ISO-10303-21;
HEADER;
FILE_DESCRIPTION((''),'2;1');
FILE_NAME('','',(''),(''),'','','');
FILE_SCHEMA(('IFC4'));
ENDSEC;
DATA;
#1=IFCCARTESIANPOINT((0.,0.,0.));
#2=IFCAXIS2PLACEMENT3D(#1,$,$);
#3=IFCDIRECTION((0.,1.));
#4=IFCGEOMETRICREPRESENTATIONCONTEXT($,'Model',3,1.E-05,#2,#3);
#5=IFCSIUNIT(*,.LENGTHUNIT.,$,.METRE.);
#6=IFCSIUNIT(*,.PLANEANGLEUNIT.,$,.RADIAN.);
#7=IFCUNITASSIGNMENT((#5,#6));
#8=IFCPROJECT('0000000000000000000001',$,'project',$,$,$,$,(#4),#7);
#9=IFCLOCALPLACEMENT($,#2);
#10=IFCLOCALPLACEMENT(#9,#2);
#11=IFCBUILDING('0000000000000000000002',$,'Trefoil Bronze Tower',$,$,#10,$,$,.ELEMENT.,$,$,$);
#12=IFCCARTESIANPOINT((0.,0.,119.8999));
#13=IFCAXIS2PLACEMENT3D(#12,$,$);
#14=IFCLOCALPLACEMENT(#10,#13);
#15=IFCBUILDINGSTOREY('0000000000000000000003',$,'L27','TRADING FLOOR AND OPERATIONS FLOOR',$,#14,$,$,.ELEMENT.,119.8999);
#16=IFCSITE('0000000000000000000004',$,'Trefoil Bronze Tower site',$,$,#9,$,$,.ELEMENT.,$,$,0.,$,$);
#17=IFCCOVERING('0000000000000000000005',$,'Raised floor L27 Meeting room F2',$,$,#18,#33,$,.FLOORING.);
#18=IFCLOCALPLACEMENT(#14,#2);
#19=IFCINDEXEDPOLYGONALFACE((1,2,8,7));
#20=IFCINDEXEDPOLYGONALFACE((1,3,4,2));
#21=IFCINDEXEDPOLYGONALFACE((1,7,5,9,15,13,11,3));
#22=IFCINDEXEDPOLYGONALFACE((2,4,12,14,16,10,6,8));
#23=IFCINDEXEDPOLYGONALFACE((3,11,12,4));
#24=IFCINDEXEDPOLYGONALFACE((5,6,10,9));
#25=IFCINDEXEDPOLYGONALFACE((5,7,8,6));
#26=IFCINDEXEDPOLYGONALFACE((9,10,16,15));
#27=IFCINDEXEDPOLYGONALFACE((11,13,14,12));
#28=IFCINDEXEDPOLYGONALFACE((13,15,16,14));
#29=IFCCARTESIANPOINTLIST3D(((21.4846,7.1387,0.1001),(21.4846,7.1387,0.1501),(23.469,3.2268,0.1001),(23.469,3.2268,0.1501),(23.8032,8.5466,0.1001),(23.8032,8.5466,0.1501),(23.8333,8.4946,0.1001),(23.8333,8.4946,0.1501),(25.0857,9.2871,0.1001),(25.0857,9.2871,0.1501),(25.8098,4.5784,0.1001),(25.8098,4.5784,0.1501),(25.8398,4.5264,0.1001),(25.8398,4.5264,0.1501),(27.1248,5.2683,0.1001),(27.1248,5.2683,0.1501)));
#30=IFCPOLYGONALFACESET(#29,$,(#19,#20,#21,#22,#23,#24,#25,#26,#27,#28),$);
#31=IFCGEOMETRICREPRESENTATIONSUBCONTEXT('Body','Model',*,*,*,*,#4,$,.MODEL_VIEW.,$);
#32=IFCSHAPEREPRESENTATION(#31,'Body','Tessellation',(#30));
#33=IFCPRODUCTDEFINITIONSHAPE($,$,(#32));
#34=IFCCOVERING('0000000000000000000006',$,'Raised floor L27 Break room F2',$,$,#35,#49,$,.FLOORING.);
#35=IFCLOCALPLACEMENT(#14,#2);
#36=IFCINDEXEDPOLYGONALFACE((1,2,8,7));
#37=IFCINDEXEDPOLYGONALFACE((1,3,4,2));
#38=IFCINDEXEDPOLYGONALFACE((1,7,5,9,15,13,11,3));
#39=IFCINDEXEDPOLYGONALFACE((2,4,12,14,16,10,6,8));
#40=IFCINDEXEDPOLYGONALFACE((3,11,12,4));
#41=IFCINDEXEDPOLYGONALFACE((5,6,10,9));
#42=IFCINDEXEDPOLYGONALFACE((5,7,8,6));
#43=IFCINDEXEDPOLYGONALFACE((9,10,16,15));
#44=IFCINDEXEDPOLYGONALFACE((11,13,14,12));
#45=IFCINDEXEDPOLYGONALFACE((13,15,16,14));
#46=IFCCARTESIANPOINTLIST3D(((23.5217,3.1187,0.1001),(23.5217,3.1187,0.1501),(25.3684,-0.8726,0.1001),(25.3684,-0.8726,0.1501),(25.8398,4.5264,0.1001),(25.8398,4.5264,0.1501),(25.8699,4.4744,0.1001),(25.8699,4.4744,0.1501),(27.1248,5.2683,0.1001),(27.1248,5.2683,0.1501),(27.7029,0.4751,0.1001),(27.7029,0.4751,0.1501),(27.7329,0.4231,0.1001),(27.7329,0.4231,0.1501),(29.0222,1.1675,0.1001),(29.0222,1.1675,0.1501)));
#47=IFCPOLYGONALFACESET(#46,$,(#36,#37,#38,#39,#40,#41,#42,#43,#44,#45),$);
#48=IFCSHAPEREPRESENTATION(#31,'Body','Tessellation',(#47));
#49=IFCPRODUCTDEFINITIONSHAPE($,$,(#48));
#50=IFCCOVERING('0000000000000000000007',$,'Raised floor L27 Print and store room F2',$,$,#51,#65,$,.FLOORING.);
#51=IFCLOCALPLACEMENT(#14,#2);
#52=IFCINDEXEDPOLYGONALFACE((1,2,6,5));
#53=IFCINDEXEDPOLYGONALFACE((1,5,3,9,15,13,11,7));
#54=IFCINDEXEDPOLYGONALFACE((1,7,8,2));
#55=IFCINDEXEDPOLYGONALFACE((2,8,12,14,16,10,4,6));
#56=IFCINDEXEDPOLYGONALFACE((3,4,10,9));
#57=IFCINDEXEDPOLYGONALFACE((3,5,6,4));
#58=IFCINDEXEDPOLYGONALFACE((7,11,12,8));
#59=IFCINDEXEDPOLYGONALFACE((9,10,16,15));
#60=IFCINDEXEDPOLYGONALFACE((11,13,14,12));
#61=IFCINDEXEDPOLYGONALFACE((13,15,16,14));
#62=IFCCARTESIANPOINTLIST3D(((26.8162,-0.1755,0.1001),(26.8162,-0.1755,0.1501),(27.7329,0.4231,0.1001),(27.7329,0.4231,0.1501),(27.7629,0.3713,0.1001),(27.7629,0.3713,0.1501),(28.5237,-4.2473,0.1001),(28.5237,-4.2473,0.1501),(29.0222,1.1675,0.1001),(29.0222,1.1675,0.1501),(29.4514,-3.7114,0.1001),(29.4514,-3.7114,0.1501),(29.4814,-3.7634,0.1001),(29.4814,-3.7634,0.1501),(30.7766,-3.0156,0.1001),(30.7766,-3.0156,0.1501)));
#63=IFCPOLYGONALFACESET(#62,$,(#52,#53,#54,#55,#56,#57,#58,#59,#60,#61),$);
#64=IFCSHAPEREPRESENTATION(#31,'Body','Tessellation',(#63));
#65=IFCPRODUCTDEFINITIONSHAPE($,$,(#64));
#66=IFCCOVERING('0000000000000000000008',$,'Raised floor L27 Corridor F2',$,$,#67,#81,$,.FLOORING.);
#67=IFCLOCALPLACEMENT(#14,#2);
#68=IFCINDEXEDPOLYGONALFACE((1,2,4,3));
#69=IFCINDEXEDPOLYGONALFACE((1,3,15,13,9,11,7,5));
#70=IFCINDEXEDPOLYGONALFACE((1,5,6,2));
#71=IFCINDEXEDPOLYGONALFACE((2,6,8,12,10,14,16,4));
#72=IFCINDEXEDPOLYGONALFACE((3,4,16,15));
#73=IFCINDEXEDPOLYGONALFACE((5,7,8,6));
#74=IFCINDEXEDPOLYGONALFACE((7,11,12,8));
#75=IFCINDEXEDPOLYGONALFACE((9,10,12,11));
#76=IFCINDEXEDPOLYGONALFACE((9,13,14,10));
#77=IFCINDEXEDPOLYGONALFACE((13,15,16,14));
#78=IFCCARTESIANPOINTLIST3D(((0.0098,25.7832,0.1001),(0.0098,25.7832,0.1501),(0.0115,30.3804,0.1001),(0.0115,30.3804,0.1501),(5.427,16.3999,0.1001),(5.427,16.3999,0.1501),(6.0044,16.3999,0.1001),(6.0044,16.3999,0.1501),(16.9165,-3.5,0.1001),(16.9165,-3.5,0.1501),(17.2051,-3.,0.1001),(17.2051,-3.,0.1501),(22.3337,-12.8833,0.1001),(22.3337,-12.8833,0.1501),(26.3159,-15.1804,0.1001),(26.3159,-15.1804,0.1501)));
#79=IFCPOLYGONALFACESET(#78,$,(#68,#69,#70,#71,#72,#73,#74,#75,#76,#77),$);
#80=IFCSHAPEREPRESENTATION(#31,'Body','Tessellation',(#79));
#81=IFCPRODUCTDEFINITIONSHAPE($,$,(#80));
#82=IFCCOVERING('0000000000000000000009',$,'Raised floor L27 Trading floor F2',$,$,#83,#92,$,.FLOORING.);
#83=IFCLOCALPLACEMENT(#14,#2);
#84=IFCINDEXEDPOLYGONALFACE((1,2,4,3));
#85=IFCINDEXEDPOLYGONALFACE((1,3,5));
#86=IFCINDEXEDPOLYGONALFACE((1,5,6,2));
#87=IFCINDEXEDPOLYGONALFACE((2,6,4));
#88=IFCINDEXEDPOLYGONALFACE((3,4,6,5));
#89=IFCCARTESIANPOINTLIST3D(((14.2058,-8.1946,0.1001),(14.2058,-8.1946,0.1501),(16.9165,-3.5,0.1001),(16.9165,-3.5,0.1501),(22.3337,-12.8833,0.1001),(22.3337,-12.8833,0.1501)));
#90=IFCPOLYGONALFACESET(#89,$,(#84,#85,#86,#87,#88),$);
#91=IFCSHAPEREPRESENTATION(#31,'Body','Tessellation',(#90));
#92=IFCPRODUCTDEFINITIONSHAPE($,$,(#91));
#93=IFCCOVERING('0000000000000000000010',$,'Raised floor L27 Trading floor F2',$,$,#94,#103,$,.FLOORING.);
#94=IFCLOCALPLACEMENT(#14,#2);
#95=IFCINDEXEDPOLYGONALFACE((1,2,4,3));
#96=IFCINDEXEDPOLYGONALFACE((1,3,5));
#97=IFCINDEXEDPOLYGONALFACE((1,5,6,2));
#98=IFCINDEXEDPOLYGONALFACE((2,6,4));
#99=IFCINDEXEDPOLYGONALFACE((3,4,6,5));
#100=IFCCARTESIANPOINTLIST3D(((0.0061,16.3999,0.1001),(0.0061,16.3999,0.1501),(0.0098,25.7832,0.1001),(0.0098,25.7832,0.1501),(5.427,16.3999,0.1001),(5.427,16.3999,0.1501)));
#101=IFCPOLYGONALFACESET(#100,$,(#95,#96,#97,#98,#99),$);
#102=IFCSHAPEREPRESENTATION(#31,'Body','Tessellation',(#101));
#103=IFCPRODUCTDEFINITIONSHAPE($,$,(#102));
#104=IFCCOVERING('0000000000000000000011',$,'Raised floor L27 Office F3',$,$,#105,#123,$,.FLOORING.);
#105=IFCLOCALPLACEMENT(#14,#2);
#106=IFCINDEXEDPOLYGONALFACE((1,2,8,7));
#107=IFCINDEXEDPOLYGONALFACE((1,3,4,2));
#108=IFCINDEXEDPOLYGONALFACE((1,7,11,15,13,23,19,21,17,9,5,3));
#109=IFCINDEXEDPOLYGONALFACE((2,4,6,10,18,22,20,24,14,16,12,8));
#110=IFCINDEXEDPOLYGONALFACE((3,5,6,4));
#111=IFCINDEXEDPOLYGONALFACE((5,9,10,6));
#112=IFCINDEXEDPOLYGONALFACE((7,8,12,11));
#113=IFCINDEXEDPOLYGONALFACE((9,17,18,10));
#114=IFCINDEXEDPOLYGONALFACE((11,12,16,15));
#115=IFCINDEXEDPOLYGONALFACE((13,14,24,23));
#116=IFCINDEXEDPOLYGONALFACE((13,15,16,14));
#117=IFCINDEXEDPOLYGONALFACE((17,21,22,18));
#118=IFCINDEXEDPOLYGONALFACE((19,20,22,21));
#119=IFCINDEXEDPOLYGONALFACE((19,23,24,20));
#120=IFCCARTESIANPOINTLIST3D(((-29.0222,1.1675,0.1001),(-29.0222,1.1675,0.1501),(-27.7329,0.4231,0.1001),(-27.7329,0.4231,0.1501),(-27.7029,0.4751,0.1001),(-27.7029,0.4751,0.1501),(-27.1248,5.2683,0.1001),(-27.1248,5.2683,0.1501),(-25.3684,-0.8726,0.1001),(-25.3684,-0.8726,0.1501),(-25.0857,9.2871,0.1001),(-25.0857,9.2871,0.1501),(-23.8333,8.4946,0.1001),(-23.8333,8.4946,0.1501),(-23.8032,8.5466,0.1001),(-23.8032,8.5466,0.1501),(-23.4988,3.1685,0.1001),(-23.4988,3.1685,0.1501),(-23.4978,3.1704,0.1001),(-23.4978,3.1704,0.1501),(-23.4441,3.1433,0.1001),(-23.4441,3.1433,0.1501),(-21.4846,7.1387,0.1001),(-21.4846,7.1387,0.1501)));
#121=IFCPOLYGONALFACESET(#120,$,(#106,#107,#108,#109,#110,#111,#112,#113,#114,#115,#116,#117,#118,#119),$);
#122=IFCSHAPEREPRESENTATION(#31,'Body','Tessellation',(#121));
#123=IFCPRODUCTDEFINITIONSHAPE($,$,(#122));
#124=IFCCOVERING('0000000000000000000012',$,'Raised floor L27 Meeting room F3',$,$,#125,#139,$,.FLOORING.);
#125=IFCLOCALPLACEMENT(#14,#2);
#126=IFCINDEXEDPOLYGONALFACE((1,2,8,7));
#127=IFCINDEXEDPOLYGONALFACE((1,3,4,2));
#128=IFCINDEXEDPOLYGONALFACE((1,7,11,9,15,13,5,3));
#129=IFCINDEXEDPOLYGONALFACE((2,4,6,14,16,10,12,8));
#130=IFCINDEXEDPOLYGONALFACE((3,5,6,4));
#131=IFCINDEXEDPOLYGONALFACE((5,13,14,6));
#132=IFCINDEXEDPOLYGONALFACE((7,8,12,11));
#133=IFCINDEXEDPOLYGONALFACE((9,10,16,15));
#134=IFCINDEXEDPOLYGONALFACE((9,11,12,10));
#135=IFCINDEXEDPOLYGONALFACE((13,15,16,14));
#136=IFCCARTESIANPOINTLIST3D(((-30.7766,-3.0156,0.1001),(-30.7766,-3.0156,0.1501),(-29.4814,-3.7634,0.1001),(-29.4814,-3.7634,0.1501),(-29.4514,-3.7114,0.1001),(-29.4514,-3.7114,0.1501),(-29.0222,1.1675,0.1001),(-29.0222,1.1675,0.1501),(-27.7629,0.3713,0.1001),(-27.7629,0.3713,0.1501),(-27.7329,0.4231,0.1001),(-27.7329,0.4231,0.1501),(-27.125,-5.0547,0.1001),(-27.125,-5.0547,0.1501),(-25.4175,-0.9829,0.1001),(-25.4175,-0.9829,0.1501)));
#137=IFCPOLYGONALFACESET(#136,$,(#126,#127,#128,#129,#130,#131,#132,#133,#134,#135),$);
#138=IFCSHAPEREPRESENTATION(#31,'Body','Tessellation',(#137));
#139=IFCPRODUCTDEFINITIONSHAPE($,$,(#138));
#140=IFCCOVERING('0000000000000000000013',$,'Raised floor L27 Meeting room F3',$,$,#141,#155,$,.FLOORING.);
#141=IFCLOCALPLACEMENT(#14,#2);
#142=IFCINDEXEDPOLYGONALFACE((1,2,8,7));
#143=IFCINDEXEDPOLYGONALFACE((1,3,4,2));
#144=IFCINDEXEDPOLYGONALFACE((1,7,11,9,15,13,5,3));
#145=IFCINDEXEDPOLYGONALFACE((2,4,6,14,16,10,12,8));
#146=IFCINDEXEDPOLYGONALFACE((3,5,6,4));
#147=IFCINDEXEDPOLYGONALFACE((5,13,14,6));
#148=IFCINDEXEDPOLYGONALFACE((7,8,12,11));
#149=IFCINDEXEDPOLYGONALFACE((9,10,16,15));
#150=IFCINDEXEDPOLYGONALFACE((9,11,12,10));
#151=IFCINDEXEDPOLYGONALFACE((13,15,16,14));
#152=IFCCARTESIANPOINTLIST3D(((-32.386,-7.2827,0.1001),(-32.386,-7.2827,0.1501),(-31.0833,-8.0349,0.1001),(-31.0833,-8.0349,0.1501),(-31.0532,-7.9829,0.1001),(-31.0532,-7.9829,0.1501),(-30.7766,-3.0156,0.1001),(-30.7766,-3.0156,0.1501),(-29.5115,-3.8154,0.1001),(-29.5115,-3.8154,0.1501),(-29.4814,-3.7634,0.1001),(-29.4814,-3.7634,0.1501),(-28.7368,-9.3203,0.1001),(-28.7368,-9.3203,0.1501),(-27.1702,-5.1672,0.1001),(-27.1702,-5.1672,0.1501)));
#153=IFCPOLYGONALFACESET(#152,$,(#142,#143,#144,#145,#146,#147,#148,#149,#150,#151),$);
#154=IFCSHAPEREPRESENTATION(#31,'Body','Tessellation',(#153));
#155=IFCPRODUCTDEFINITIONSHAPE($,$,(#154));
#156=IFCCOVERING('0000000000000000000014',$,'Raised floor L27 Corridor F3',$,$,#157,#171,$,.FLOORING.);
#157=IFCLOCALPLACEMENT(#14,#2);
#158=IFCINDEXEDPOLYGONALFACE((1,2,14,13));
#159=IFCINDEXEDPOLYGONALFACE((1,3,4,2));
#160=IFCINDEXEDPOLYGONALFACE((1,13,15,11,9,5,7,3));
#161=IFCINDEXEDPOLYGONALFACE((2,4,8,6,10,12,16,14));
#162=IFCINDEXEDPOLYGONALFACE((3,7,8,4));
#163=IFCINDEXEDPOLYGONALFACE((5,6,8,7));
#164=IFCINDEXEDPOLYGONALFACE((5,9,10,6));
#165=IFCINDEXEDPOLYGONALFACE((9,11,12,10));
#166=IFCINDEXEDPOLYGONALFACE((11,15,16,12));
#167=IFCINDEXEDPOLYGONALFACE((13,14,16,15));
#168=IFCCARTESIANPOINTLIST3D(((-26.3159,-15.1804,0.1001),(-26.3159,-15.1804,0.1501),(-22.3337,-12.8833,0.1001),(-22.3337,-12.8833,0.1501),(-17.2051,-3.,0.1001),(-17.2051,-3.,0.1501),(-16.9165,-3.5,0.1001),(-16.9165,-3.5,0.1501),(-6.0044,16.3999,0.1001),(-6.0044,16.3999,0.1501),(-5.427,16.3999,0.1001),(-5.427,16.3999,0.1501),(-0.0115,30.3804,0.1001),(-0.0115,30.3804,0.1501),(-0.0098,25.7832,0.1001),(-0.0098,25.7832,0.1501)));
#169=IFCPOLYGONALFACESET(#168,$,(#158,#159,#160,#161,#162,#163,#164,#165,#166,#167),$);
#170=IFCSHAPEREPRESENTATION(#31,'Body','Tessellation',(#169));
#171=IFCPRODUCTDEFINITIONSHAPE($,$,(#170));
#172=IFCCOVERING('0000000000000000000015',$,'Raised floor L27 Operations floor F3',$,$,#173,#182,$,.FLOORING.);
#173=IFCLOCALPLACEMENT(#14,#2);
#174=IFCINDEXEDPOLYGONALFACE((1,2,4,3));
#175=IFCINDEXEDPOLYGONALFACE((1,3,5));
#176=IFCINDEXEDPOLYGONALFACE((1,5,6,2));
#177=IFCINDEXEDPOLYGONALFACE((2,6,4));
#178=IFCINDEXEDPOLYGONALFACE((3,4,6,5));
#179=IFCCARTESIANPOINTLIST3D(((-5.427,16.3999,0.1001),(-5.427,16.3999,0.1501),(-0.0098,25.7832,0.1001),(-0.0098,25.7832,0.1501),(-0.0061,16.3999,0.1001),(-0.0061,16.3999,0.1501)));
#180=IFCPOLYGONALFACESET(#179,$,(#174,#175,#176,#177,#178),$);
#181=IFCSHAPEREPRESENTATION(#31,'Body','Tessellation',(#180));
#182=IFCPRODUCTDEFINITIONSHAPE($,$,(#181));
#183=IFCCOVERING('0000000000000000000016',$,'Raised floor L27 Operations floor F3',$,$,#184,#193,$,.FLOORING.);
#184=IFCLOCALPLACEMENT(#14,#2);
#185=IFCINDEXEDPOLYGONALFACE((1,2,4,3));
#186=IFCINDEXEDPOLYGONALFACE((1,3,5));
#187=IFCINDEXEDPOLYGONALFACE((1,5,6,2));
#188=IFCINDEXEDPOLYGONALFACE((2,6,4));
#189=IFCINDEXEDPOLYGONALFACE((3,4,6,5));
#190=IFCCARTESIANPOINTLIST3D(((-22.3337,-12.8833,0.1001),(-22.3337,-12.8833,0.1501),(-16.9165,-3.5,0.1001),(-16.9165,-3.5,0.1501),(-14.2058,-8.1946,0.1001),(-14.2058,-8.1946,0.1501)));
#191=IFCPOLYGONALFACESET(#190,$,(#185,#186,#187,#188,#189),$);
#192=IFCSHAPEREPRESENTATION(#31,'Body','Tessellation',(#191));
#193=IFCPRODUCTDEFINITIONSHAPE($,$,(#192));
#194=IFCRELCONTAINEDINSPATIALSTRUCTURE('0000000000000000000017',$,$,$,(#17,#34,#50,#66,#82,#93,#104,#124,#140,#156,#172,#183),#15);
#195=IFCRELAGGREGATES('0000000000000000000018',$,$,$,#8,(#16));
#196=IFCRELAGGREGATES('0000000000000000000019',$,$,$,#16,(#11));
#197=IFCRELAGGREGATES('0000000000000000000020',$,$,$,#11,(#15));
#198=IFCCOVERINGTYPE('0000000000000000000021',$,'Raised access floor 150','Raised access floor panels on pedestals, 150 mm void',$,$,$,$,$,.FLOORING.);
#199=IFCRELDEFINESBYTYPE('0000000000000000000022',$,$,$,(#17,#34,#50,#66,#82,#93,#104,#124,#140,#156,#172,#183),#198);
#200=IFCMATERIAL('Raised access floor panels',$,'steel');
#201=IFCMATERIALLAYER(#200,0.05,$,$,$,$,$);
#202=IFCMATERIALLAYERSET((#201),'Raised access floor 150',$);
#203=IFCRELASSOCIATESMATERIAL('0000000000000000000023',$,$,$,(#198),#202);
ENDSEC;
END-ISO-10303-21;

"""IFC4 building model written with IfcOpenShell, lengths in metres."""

from ifc_helpers import new_model, si_unit, direction, frame, origin, place, context, subcontext, project, spatial, polyline, outline, extrude, material, layer, layer_set, type_object, element, save


model = new_model("IFC4")

# Units and contexts
model_context = context("Model", 3, precision=1e-05, world=origin(), true_north=direction((0.0, 1.0)))
body_context = subcontext(model_context, "Body", "Model", "MODEL_VIEW")
ifc_project = project(units=[si_unit("LENGTHUNIT", "METRE"), si_unit("PLANEANGLEUNIT", "RADIAN")], contexts=[model_context])

# Site, building, storey
site_placement = place(None, origin())
site = spatial("IfcSite", under=ifc_project, at=site_placement, Name="Trefoil Bronze Tower site", CompositionType="ELEMENT", RefElevation=0.0)
building_placement = place(site_placement, origin())
building = spatial("IfcBuilding", under=site, at=building_placement, Name="Trefoil Bronze Tower", CompositionType="ELEMENT")
storey_placement = place(building_placement, frame((0.0, 0.0, 119.8999)))
storey = spatial("IfcBuildingStorey", under=building, at=storey_placement, Name="L27", Description="TRADING FLOOR AND OPERATIONS FLOOR", CompositionType="ELEMENT", Elevation=119.8999)

# Coverings
ifc_material_1 = material(Name="Raised access floor panels", Category="steel")
ifc_layer_1 = layer(ifc_material_1, 0.05)
ifc_layer_set_1 = layer_set([ifc_layer_1], Name="Raised access floor 150")
covering_type_1 = type_object("IfcCoveringType", Name="Raised access floor 150", Description="Raised access floor panels on pedestals, 150 mm void", PredefinedType="FLOORING", material=ifc_layer_set_1)
covering_1_placement = place(storey_placement, frame((0.0, 0.0, 0.1001)))
element("IfcCovering", 1, at=covering_1_placement, inside=storey, type_object=covering_type_1, Name="Raised floor L27 Meeting room F2", PredefinedType="FLOORING", context=body_context, shape_type="SweptSolid", body=[
    extrude(outline(polyline([(25.0857, 9.2871), (27.1248, 5.2683), (25.8398, 4.5264), (25.8098, 4.5784), (23.469, 3.2268), (21.4846, 7.1387), (23.8333, 8.4946), (23.8032, 8.5466), (25.0857, 9.2871)])), origin(), (0.0, 0.0, 1.0), 0.05),
])
covering_2_placement = place(storey_placement, frame((0.0, 0.0, 0.1001)))
element("IfcCovering", 2, at=covering_2_placement, inside=storey, type_object=covering_type_1, Name="Raised floor L27 Break room F2", PredefinedType="FLOORING", context=body_context, shape_type="SweptSolid", body=[
    extrude(outline(polyline([(27.1248, 5.2683), (29.0222, 1.1675), (27.7329, 0.4231), (27.7029, 0.4751), (25.3684, -0.8726), (23.5217, 3.1187), (25.8699, 4.4744), (25.8398, 4.5264), (27.1248, 5.2683)])), origin(), (0.0, 0.0, 1.0), 0.05),
])
covering_3_placement = place(storey_placement, frame((0.0, 0.0, 0.1001)))
element("IfcCovering", 3, at=covering_3_placement, inside=storey, type_object=covering_type_1, Name="Raised floor L27 Print and store room F2", PredefinedType="FLOORING", context=body_context, shape_type="SweptSolid", body=[
    extrude(outline(polyline([(29.0222, 1.1675), (30.7766, -3.0156), (29.4814, -3.7634), (29.4514, -3.7114), (28.5237, -4.2473), (26.8162, -0.1755), (27.7629, 0.3713), (27.7329, 0.4231), (29.0222, 1.1675)])), origin(), (0.0, 0.0, 1.0), 0.05),
])
covering_4_placement = place(storey_placement, frame((0.0, 0.0, 0.1001)))
element("IfcCovering", 4, at=covering_4_placement, inside=storey, type_object=covering_type_1, Name="Raised floor L27 Corridor F2", PredefinedType="FLOORING", context=body_context, shape_type="SweptSolid", body=[
    extrude(outline(polyline([(26.3159, -15.1804), (22.3337, -12.8833), (16.9165, -3.5), (17.2051, -3.0), (6.0044, 16.3999), (5.427, 16.3999), (0.0098, 25.7832), (0.0115, 30.3804), (26.3159, -15.1804)])), origin(), (0.0, 0.0, 1.0), 0.05),
])
covering_5_placement = place(storey_placement, frame((0.0, 0.0, 0.1001)))
element("IfcCovering", 5, at=covering_5_placement, inside=storey, type_object=covering_type_1, Name="Raised floor L27 Trading floor F2", PredefinedType="FLOORING", context=body_context, shape_type="SweptSolid", body=[
    extrude(outline(polyline([(22.3337, -12.8833), (14.2058, -8.1946), (16.9165, -3.5), (22.3337, -12.8833)])), origin(), (0.0, 0.0, 1.0), 0.05),
])
covering_6_placement = place(storey_placement, frame((0.0, 0.0, 0.1001)))
element("IfcCovering", 6, at=covering_6_placement, inside=storey, type_object=covering_type_1, Name="Raised floor L27 Trading floor F2", PredefinedType="FLOORING", context=body_context, shape_type="SweptSolid", body=[
    extrude(outline(polyline([(0.0061, 16.3999), (0.0098, 25.7832), (5.427, 16.3999), (0.0061, 16.3999)])), origin(), (0.0, 0.0, 1.0), 0.05),
])
covering_7_placement = place(storey_placement, frame((0.0, 0.0, 0.1001)))
element("IfcCovering", 7, at=covering_7_placement, inside=storey, type_object=covering_type_1, Name="Raised floor L27 Office F3", PredefinedType="FLOORING", context=body_context, shape_type="SweptSolid", body=[
    extrude(outline(polyline([(-27.1248, 5.2683), (-25.0857, 9.2871), (-23.8032, 8.5466), (-23.8333, 8.4946), (-21.4846, 7.1387), (-23.4978, 3.1704), (-23.4441, 3.1433), (-23.4988, 3.1685), (-25.3684, -0.8726), (-27.7029, 0.4751), (-27.7329, 0.4231), (-29.0222, 1.1675), (-27.1248, 5.2683)])), origin(), (0.0, 0.0, 1.0), 0.05),
])
covering_8_placement = place(storey_placement, frame((0.0, 0.0, 0.1001)))
element("IfcCovering", 8, at=covering_8_placement, inside=storey, type_object=covering_type_1, Name="Raised floor L27 Meeting room F3", PredefinedType="FLOORING", context=body_context, shape_type="SweptSolid", body=[
    extrude(outline(polyline([(-30.7766, -3.0156), (-29.0222, 1.1675), (-27.7329, 0.4231), (-27.7629, 0.3713), (-25.4175, -0.9829), (-27.125, -5.0547), (-29.4514, -3.7114), (-29.4814, -3.7634), (-30.7766, -3.0156)])), origin(), (0.0, 0.0, 1.0), 0.05),
])
covering_9_placement = place(storey_placement, frame((0.0, 0.0, 0.1001)))
element("IfcCovering", 9, at=covering_9_placement, inside=storey, type_object=covering_type_1, Name="Raised floor L27 Meeting room F3", PredefinedType="FLOORING", context=body_context, shape_type="SweptSolid", body=[
    extrude(outline(polyline([(-32.386, -7.2827), (-30.7766, -3.0156), (-29.4814, -3.7634), (-29.5115, -3.8154), (-27.1702, -5.1672), (-28.7368, -9.3203), (-31.0532, -7.9829), (-31.0833, -8.0349), (-32.386, -7.2827)])), origin(), (0.0, 0.0, 1.0), 0.05),
])
covering_10_placement = place(storey_placement, frame((0.0, 0.0, 0.1001)))
element("IfcCovering", 10, at=covering_10_placement, inside=storey, type_object=covering_type_1, Name="Raised floor L27 Corridor F3", PredefinedType="FLOORING", context=body_context, shape_type="SweptSolid", body=[
    extrude(outline(polyline([(-0.0115, 30.3804), (-0.0098, 25.7832), (-5.427, 16.3999), (-6.0044, 16.3999), (-17.2051, -3.0), (-16.9165, -3.5), (-22.3337, -12.8833), (-26.3159, -15.1804), (-0.0115, 30.3804)])), origin(), (0.0, 0.0, 1.0), 0.05),
])
covering_11_placement = place(storey_placement, frame((0.0, 0.0, 0.1001)))
element("IfcCovering", 11, at=covering_11_placement, inside=storey, type_object=covering_type_1, Name="Raised floor L27 Operations floor F3", PredefinedType="FLOORING", context=body_context, shape_type="SweptSolid", body=[
    extrude(outline(polyline([(-0.0098, 25.7832), (-0.0061, 16.3999), (-5.427, 16.3999), (-0.0098, 25.7832)])), origin(), (0.0, 0.0, 1.0), 0.05),
])
covering_12_placement = place(storey_placement, frame((0.0, 0.0, 0.1001)))
element("IfcCovering", 12, at=covering_12_placement, inside=storey, type_object=covering_type_1, Name="Raised floor L27 Operations floor F3", PredefinedType="FLOORING", context=body_context, shape_type="SweptSolid", body=[
    extrude(outline(polyline([(-14.2058, -8.1946), (-22.3337, -12.8833), (-16.9165, -3.5), (-14.2058, -8.1946)])), origin(), (0.0, 0.0, 1.0), 0.05),
])

save(model, "model.ifc")
